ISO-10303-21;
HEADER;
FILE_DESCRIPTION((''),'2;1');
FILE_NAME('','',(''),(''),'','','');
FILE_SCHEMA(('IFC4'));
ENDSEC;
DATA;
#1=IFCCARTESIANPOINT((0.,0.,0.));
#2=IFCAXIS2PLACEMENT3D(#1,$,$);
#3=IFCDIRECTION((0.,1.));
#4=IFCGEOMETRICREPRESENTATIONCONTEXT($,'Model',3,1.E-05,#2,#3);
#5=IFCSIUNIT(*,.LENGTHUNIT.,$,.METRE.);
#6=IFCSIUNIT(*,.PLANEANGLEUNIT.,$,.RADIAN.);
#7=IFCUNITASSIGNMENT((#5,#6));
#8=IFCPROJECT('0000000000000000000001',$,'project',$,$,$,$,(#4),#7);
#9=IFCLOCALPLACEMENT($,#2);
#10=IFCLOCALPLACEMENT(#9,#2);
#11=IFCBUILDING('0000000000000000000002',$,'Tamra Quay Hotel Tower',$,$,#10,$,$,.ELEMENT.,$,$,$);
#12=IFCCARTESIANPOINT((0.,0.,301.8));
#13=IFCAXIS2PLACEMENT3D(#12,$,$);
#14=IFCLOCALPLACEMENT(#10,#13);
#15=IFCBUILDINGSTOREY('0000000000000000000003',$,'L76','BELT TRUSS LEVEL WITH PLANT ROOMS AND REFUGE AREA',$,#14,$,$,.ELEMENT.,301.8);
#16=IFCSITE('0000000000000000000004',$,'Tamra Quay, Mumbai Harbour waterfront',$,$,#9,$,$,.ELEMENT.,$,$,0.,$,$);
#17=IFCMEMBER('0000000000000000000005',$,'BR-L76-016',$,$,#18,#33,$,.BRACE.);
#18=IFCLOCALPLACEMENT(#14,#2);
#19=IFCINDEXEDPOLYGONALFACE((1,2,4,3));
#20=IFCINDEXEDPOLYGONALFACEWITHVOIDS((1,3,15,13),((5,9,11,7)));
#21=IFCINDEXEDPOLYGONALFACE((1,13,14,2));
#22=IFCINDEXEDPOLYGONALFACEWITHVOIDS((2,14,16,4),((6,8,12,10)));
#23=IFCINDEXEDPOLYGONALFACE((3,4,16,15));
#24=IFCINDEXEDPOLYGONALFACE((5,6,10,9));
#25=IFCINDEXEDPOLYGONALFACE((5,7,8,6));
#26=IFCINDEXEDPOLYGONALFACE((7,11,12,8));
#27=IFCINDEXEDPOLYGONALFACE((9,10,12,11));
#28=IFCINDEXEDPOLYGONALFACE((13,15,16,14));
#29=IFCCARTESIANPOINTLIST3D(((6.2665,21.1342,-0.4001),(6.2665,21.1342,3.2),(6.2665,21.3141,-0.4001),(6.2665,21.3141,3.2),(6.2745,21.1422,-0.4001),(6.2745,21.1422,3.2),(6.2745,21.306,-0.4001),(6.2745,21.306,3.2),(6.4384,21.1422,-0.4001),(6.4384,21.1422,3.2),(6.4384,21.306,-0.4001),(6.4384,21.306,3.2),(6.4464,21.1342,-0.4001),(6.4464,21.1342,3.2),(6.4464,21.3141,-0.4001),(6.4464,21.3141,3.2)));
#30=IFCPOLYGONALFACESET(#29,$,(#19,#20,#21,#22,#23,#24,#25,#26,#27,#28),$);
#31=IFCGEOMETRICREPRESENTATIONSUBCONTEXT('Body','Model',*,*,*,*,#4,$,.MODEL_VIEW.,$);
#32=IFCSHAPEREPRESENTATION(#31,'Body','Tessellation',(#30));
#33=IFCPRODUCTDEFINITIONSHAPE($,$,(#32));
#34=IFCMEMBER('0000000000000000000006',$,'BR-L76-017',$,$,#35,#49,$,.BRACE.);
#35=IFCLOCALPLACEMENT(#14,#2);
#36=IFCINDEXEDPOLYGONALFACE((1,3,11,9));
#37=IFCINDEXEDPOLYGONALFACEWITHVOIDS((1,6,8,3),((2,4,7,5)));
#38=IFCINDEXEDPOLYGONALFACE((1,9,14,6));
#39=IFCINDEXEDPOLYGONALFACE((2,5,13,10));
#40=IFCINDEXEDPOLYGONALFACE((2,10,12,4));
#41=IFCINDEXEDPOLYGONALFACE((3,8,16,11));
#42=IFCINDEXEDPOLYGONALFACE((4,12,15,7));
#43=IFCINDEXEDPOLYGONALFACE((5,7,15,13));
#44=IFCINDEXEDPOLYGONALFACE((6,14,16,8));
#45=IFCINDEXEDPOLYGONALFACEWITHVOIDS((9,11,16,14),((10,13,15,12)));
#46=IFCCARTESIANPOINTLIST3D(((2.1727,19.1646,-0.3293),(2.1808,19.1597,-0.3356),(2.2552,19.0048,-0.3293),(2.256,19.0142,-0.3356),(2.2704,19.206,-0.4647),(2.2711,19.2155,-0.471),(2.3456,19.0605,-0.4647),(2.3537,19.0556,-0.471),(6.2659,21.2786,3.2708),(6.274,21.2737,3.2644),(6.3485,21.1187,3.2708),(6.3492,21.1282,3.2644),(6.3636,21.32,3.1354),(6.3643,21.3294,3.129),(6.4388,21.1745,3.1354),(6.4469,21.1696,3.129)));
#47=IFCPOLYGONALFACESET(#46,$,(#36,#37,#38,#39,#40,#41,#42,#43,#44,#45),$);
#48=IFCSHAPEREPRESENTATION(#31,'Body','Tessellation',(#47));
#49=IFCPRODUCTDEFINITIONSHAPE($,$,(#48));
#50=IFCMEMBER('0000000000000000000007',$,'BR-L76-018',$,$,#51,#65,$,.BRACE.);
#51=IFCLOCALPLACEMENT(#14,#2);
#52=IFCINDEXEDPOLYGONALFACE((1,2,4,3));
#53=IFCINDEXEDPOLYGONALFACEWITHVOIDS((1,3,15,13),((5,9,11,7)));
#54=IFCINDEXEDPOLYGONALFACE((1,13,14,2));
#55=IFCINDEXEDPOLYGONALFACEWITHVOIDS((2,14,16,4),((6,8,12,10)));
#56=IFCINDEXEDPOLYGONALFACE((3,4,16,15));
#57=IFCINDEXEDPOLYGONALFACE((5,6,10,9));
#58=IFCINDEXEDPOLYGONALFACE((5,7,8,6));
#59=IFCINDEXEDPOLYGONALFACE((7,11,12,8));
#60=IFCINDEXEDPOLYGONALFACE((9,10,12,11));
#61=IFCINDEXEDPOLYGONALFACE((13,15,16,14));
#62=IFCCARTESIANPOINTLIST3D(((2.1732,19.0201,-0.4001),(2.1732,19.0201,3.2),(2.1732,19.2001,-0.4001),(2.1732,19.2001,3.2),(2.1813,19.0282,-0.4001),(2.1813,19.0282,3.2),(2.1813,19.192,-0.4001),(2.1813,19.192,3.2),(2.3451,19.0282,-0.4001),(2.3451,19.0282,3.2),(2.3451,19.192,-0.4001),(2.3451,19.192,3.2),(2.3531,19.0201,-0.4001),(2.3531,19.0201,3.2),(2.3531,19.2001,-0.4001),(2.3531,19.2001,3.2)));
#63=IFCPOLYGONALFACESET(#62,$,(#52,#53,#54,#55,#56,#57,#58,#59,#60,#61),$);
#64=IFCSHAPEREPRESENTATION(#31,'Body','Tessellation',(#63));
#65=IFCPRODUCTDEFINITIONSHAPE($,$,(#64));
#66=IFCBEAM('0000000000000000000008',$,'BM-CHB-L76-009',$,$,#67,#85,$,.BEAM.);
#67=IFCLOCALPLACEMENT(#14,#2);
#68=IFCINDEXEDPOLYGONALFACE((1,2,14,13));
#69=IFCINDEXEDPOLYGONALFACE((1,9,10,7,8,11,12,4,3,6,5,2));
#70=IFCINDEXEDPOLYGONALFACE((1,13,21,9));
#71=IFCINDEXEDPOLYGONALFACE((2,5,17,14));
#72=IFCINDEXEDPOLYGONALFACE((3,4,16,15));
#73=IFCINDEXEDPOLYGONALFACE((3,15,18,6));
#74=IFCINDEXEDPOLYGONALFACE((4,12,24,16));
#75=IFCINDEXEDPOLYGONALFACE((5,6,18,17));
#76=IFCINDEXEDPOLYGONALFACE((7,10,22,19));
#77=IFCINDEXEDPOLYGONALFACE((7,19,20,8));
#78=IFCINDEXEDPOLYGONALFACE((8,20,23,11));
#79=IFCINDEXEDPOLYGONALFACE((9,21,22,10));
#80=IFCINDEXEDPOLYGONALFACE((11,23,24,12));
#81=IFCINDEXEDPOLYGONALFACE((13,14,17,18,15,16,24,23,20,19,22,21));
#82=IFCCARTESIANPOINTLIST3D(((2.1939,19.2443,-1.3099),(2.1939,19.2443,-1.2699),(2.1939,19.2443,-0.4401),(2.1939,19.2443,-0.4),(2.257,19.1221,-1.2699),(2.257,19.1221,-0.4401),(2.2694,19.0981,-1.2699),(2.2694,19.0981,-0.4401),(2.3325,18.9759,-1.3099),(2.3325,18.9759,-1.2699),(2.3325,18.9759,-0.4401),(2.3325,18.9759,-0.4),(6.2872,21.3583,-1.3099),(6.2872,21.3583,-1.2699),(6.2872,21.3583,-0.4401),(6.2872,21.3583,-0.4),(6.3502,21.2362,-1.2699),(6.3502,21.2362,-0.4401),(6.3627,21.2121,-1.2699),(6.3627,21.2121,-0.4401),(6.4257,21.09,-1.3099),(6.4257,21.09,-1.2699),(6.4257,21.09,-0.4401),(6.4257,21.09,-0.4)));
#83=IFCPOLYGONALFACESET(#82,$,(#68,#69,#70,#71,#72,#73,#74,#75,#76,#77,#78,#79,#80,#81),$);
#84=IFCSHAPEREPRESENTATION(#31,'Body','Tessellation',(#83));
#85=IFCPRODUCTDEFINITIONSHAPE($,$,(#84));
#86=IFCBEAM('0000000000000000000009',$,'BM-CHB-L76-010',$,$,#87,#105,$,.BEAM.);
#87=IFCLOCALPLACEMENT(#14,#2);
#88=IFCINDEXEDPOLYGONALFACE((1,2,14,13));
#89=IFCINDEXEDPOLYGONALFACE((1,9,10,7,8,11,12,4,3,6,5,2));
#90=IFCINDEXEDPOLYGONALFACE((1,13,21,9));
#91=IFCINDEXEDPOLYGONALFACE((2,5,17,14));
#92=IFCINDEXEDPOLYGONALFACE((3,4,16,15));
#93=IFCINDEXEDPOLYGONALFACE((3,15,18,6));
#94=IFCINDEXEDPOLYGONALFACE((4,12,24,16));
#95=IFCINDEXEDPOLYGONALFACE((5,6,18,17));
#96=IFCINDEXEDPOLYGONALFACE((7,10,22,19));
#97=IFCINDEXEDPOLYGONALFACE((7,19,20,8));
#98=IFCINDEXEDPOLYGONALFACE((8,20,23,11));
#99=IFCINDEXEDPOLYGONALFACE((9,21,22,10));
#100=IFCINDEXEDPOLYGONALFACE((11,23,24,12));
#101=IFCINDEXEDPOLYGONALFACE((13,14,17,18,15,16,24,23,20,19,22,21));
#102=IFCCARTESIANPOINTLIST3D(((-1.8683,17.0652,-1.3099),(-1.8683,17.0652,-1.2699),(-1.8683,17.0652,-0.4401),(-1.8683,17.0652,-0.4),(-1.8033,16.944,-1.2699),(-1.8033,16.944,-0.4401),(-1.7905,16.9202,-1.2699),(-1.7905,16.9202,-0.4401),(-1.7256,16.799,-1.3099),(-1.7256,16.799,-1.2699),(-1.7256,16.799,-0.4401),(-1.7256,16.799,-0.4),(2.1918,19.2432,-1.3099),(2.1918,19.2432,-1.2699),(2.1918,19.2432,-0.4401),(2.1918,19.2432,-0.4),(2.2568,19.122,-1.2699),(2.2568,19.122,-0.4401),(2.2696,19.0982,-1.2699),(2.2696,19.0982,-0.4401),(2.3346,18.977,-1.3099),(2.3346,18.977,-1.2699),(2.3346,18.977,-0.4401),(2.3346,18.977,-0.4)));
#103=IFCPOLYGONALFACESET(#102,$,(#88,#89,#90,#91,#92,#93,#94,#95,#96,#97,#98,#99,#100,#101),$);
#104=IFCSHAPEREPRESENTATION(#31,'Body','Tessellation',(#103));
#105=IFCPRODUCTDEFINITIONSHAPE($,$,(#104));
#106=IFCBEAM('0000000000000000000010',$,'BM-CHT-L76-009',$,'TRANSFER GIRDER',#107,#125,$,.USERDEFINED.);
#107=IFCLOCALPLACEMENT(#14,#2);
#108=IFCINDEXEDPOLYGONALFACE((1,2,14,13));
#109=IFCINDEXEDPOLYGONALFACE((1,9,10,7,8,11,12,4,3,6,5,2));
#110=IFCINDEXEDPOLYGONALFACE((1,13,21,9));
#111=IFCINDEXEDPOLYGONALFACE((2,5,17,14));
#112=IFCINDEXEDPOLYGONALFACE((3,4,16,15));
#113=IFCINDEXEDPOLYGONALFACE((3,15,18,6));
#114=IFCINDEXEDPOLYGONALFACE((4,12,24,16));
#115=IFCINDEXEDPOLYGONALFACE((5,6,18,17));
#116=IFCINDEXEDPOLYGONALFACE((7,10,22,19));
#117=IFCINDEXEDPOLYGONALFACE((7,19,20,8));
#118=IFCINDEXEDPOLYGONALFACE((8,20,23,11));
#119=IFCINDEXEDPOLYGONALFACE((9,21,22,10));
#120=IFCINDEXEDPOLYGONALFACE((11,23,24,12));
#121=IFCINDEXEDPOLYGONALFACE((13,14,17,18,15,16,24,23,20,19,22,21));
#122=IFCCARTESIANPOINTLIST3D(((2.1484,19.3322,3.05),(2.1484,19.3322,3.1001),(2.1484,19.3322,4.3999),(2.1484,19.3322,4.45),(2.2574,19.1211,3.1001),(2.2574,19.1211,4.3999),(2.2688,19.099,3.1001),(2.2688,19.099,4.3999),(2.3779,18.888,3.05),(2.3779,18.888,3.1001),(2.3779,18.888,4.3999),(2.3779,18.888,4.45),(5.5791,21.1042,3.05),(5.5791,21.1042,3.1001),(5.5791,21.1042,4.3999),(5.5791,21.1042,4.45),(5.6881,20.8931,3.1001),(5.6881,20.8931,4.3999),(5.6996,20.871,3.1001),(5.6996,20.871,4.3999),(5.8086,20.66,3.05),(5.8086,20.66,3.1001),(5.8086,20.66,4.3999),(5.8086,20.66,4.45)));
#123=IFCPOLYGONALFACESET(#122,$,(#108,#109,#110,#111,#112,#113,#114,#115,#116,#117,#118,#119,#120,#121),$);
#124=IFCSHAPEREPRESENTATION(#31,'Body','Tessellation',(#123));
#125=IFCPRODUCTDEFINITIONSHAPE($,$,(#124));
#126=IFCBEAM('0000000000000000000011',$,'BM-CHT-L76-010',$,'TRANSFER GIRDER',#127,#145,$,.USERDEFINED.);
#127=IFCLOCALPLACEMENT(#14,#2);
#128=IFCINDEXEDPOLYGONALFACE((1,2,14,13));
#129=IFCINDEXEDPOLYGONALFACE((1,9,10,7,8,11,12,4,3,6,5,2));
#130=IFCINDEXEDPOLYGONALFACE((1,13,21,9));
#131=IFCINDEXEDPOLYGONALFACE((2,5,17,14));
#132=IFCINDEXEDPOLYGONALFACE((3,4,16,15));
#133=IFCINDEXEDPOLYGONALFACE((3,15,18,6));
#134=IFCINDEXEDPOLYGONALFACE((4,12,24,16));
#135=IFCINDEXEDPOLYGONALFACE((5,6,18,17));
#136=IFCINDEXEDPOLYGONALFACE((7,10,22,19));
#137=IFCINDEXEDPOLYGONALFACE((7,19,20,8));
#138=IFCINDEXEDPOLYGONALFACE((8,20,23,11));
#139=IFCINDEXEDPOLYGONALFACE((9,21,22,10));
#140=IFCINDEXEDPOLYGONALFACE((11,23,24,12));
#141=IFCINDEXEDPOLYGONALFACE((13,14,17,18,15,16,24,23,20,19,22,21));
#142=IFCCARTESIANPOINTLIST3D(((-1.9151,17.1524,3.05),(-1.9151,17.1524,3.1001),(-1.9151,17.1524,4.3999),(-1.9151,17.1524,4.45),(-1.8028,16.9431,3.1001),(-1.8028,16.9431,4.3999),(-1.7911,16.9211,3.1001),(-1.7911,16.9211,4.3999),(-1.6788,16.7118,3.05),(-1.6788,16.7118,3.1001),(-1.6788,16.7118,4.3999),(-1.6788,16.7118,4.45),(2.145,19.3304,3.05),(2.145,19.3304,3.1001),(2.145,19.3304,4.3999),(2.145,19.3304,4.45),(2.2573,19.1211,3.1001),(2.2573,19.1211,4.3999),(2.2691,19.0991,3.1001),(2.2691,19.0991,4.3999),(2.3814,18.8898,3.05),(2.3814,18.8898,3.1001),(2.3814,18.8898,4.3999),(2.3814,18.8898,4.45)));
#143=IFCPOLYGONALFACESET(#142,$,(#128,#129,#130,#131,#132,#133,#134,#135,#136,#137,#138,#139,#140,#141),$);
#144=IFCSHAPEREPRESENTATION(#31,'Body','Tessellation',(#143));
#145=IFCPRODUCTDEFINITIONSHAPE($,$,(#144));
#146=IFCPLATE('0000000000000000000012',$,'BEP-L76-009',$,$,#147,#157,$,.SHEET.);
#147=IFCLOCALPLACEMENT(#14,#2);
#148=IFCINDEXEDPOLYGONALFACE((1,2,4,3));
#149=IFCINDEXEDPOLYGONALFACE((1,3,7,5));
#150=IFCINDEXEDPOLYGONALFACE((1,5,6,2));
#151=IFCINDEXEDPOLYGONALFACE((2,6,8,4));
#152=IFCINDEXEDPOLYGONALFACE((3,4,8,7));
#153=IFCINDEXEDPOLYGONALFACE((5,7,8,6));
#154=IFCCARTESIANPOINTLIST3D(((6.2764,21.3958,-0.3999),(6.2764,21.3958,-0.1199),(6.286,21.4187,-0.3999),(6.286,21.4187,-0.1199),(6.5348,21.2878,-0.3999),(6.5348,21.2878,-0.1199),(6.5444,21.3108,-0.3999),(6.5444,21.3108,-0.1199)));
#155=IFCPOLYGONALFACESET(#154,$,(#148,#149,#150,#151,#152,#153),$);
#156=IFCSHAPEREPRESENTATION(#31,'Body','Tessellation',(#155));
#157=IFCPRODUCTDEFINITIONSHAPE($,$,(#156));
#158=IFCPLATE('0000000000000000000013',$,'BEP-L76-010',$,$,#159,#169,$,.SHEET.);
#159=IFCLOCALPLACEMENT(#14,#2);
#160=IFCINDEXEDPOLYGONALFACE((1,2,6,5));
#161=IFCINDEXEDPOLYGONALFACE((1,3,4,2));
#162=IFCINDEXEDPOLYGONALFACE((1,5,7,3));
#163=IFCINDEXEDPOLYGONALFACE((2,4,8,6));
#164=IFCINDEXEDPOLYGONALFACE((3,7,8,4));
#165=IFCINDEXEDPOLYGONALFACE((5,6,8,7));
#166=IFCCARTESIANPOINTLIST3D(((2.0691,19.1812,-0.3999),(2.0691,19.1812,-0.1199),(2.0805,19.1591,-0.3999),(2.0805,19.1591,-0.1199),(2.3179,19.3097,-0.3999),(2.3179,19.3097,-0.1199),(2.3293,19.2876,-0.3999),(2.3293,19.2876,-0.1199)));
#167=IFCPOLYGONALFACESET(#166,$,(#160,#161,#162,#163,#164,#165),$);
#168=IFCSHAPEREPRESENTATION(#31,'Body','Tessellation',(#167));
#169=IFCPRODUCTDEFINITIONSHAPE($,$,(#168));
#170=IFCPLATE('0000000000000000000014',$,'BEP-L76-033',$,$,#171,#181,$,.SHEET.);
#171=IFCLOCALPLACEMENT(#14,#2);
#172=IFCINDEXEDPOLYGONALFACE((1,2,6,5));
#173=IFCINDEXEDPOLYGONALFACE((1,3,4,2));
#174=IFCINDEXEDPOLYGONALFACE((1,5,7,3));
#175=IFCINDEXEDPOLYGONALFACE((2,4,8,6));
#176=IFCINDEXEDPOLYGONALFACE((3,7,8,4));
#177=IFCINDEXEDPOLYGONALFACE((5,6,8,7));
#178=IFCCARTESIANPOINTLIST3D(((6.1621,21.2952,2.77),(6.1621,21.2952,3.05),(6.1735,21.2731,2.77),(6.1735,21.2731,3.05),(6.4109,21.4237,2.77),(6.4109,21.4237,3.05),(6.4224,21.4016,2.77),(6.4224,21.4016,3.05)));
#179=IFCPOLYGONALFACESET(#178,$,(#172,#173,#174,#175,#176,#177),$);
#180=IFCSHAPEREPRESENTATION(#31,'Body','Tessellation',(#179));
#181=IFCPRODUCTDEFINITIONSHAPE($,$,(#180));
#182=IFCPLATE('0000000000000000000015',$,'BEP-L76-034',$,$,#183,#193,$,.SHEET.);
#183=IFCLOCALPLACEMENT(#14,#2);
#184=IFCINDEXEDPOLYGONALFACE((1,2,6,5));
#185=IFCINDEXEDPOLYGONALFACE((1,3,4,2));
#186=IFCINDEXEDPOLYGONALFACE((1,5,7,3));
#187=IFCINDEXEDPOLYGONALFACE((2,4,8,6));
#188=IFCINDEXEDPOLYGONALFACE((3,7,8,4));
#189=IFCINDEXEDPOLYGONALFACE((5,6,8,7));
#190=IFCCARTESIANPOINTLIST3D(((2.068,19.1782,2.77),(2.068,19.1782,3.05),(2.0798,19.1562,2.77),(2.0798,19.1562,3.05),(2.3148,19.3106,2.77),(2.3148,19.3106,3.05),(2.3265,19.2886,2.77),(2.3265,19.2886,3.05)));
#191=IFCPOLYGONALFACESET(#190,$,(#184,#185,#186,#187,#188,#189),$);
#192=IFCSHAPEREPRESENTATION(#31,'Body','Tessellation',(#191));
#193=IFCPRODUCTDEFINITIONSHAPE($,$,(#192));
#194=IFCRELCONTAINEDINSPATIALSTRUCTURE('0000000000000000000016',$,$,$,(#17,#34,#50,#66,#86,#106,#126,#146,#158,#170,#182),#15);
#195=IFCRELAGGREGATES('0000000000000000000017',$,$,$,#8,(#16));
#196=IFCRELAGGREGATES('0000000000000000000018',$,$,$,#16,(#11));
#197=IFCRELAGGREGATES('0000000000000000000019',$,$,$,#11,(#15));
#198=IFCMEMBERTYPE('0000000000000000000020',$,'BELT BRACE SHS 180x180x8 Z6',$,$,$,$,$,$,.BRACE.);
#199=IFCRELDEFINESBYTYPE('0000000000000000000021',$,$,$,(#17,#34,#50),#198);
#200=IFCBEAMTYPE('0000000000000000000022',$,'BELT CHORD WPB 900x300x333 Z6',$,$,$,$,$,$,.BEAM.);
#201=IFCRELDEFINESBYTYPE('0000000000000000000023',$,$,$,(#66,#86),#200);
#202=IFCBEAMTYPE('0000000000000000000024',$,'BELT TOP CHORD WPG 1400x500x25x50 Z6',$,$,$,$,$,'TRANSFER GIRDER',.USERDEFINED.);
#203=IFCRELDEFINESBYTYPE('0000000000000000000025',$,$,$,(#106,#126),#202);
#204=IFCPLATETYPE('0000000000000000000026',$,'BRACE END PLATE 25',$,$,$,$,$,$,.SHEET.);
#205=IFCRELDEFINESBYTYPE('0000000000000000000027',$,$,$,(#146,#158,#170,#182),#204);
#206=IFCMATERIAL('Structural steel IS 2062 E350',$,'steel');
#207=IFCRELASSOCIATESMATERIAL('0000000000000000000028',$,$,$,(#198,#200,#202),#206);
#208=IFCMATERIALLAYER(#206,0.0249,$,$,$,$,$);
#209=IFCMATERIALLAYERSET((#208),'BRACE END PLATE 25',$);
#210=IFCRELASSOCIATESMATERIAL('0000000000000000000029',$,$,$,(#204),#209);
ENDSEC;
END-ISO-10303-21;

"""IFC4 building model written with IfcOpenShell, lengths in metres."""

from ifc_helpers import new_model, si_unit, direction, frame, origin, origin_2d, place, context, subcontext, project, spatial, rectangle, hollow_rectangle, i_section, extrude, material, layer, layer_set, material_profile, profile_set, type_object, element, save


model = new_model("IFC4")

# Units and contexts
model_context = context("Model", 3, precision=1e-05, world=origin(), true_north=direction((0.0, 1.0)))
body_context = subcontext(model_context, "Body", "Model", "MODEL_VIEW")
ifc_project = project(units=[si_unit("LENGTHUNIT", "METRE"), si_unit("PLANEANGLEUNIT", "RADIAN")], contexts=[model_context])

# Site, building, storey
site_placement = place(None, origin())
site = spatial("IfcSite", under=ifc_project, at=site_placement, Name="Tamra Quay, Mumbai Harbour waterfront", CompositionType="ELEMENT", RefElevation=0.0)
building_placement = place(site_placement, origin())
building = spatial("IfcBuilding", under=site, at=building_placement, Name="Tamra Quay Hotel Tower", CompositionType="ELEMENT")
storey_placement = place(building_placement, frame((0.0, 0.0, 301.8)))
storey = spatial("IfcBuildingStorey", under=building, at=storey_placement, Name="L76", Description="BELT TRUSS LEVEL WITH PLANT ROOMS AND REFUGE AREA", CompositionType="ELEMENT", Elevation=301.8)

# Members
ifc_material_1 = material(Name="Structural steel IS 2062 E350", Category="steel")
ifc_material_profile_1 = material_profile(ifc_material_1, hollow_rectangle(XDim=0.1799, YDim=0.1799, WallThickness=0.0081, at=origin_2d()), Name="SHS 180x180x8")
ifc_profile_set_1 = profile_set([ifc_material_profile_1], Name="Structural steel IS 2062 E350")
member_type = type_object("IfcMemberType", Name="BELT BRACE SHS 180x180x8 Z6", PredefinedType="BRACE", material=ifc_profile_set_1)
member_1_placement = place(storey_placement, frame((6.3564, 21.2241, -0.4001), z_axis=(0.0, 0.0, 1.0), x_axis=(1.0, 0.0, 0.0)))
element("IfcMember", 1, at=member_1_placement, inside=storey, type_object=member_type, Name="BR-L76-016", PredefinedType="BRACE", context=body_context, shape_type="SweptSolid", body=[
    extrude(hollow_rectangle(XDim=0.1799, YDim=0.1799, WallThickness=0.0081, at=origin_2d()), origin(), (0.0, 0.0, 1.0), 3.6001),
])
member_2_placement = place(storey_placement, frame((2.2632, 19.1101, -0.4001), z_axis=(0.700091, 0.36157, 0.615743), x_axis=(-0.458876, 0.8885, 0.0)))
element("IfcMember", 2, at=member_2_placement, inside=storey, type_object=member_type, Name="BR-L76-017", PredefinedType="BRACE", context=body_context, shape_type="SweptSolid", body=[
    extrude(hollow_rectangle(XDim=0.1799, YDim=0.1799, WallThickness=0.0081, at=origin_2d()), origin(), (0.0, 0.0, 1.0), 5.8467),
])
member_3_placement = place(storey_placement, frame((2.2632, 19.1101, -0.4001), z_axis=(0.0, 0.0, 1.0), x_axis=(1.0, 0.0, 0.0)))
element("IfcMember", 3, at=member_3_placement, inside=storey, type_object=member_type, Name="BR-L76-018", PredefinedType="BRACE", context=body_context, shape_type="SweptSolid", body=[
    extrude(hollow_rectangle(XDim=0.1799, YDim=0.1799, WallThickness=0.0081, at=origin_2d()), origin(), (0.0, 0.0, 1.0), 3.6001),
])

# Beams
ifc_material_profile_2 = material_profile(ifc_material_1, i_section(OverallWidth=0.302, OverallDepth=0.9099, WebThickness=0.0271, FlangeThickness=0.04, at=origin_2d()), Name="WPB 900x300x333")
ifc_profile_set_2 = profile_set([ifc_material_profile_2], Name="Structural steel IS 2062 E350")
beam_type_1 = type_object("IfcBeamType", Name="BELT CHORD WPB 900x300x333 Z6", PredefinedType="BEAM", material=ifc_profile_set_2)
beam_1_placement = place(storey_placement, frame((6.3564, 21.2241, -0.855), z_axis=(-0.8885, -0.458876, 0.0), x_axis=(0.458876, -0.8885, 0.0)))
element("IfcBeam", 4, at=beam_1_placement, inside=storey, type_object=beam_type_1, Name="BM-CHB-L76-009", PredefinedType="BEAM", context=body_context, shape_type="SweptSolid", body=[
    extrude(i_section(OverallWidth=0.302, OverallDepth=0.9099, WebThickness=0.0271, FlangeThickness=0.04, at=origin_2d()), origin(), (0.0, 0.0, 1.0), 4.6069),
])
beam_2_placement = place(storey_placement, frame((2.2632, 19.1101, -0.855), z_axis=(-0.881214, -0.472718, 0.0), x_axis=(0.472718, -0.881214, 0.0)))
element("IfcBeam", 5, at=beam_2_placement, inside=storey, type_object=beam_type_1, Name="BM-CHB-L76-010", PredefinedType="BEAM", context=body_context, shape_type="SweptSolid", body=[
    extrude(i_section(OverallWidth=0.302, OverallDepth=0.9099, WebThickness=0.0271, FlangeThickness=0.04, at=origin_2d()), origin(), (0.0, 0.0, 1.0), 4.6074),
])
ifc_material_profile_3 = material_profile(ifc_material_1, i_section(OverallWidth=0.5, OverallDepth=1.3999, WebThickness=0.0249, FlangeThickness=0.05, at=origin_2d()), Name="WPG 1400x500x25x50")
ifc_profile_set_3 = profile_set([ifc_material_profile_3], Name="Structural steel IS 2062 E350")
beam_type_2 = type_object("IfcBeamType", Name="BELT TOP CHORD WPG 1400x500x25x50 Z6", ElementType="TRANSFER GIRDER", PredefinedType="USERDEFINED", material=ifc_profile_set_3)
beam_3_placement = place(storey_placement, frame((5.6938, 20.8821, 3.75), z_axis=(-0.888483, -0.45891, 0.0), x_axis=(0.45891, -0.888483, 0.0)))
element("IfcBeam", 6, at=beam_3_placement, inside=storey, type_object=beam_type_2, Name="BM-CHT-L76-009", ObjectType="TRANSFER GIRDER", PredefinedType="USERDEFINED", context=body_context, shape_type="SweptSolid", body=[
    extrude(i_section(OverallWidth=0.5, OverallDepth=1.3999, WebThickness=0.0249, FlangeThickness=0.05, at=origin_2d()), origin(), (0.0, 0.0, 1.0), 3.8613),
])
beam_4_placement = place(storey_placement, frame((2.2632, 19.1101, 3.75), z_axis=(-0.881214, -0.472718, 0.0), x_axis=(0.472718, -0.881214, 0.0)))
element("IfcBeam", 7, at=beam_4_placement, inside=storey, type_object=beam_type_2, Name="BM-CHT-L76-010", ObjectType="TRANSFER GIRDER", PredefinedType="USERDEFINED", context=body_context, shape_type="SweptSolid", body=[
    extrude(i_section(OverallWidth=0.5, OverallDepth=1.3999, WebThickness=0.0249, FlangeThickness=0.05, at=origin_2d()), origin(), (0.0, 0.0, 1.0), 4.6074),
])

# Plates
ifc_layer_1 = layer(ifc_material_1, 0.0249)
ifc_layer_set_1 = layer_set([ifc_layer_1], Name="BRACE END PLATE 25")
plate_type_1 = type_object("IfcPlateType", Name="BRACE END PLATE 25", PredefinedType="SHEET", material=ifc_layer_set_1)
for number, where, z_axis, x_axis, name in (
    (8, (6.4104, 21.3533, -0.3999), (0.0, 0.0, 1.0), (0.38546, 0.922725, 0.0), "BEP-L76-009"),
    (9, (2.1992, 19.2344, -0.3999), (0.0, 0.0, 1.0), (-0.458905, 0.888485, 0.0), "BEP-L76-010"),
    (10, (6.2922, 21.3484, 2.77), (0.0, 0.0, 1.0), (-0.458905, 0.888485, 0.0), "BEP-L76-033"),
    (11, (2.1973, 19.2334, 2.77), (0.0, 0.0, 1.0), (-0.472692, 0.881228, 0.0), "BEP-L76-034"),
):
    element("IfcPlate", number, at=place(storey_placement, frame(where, z_axis=z_axis, x_axis=x_axis)), inside=storey, type_object=plate_type_1, Name=name, PredefinedType="SHEET", context=body_context, shape_type="SweptSolid", body=[
        extrude(rectangle(XDim=0.0249, YDim=0.28, at=origin_2d()), origin(), (0.0, 0.0, 1.0), 0.28),
    ])

save(model, "model.ifc")
